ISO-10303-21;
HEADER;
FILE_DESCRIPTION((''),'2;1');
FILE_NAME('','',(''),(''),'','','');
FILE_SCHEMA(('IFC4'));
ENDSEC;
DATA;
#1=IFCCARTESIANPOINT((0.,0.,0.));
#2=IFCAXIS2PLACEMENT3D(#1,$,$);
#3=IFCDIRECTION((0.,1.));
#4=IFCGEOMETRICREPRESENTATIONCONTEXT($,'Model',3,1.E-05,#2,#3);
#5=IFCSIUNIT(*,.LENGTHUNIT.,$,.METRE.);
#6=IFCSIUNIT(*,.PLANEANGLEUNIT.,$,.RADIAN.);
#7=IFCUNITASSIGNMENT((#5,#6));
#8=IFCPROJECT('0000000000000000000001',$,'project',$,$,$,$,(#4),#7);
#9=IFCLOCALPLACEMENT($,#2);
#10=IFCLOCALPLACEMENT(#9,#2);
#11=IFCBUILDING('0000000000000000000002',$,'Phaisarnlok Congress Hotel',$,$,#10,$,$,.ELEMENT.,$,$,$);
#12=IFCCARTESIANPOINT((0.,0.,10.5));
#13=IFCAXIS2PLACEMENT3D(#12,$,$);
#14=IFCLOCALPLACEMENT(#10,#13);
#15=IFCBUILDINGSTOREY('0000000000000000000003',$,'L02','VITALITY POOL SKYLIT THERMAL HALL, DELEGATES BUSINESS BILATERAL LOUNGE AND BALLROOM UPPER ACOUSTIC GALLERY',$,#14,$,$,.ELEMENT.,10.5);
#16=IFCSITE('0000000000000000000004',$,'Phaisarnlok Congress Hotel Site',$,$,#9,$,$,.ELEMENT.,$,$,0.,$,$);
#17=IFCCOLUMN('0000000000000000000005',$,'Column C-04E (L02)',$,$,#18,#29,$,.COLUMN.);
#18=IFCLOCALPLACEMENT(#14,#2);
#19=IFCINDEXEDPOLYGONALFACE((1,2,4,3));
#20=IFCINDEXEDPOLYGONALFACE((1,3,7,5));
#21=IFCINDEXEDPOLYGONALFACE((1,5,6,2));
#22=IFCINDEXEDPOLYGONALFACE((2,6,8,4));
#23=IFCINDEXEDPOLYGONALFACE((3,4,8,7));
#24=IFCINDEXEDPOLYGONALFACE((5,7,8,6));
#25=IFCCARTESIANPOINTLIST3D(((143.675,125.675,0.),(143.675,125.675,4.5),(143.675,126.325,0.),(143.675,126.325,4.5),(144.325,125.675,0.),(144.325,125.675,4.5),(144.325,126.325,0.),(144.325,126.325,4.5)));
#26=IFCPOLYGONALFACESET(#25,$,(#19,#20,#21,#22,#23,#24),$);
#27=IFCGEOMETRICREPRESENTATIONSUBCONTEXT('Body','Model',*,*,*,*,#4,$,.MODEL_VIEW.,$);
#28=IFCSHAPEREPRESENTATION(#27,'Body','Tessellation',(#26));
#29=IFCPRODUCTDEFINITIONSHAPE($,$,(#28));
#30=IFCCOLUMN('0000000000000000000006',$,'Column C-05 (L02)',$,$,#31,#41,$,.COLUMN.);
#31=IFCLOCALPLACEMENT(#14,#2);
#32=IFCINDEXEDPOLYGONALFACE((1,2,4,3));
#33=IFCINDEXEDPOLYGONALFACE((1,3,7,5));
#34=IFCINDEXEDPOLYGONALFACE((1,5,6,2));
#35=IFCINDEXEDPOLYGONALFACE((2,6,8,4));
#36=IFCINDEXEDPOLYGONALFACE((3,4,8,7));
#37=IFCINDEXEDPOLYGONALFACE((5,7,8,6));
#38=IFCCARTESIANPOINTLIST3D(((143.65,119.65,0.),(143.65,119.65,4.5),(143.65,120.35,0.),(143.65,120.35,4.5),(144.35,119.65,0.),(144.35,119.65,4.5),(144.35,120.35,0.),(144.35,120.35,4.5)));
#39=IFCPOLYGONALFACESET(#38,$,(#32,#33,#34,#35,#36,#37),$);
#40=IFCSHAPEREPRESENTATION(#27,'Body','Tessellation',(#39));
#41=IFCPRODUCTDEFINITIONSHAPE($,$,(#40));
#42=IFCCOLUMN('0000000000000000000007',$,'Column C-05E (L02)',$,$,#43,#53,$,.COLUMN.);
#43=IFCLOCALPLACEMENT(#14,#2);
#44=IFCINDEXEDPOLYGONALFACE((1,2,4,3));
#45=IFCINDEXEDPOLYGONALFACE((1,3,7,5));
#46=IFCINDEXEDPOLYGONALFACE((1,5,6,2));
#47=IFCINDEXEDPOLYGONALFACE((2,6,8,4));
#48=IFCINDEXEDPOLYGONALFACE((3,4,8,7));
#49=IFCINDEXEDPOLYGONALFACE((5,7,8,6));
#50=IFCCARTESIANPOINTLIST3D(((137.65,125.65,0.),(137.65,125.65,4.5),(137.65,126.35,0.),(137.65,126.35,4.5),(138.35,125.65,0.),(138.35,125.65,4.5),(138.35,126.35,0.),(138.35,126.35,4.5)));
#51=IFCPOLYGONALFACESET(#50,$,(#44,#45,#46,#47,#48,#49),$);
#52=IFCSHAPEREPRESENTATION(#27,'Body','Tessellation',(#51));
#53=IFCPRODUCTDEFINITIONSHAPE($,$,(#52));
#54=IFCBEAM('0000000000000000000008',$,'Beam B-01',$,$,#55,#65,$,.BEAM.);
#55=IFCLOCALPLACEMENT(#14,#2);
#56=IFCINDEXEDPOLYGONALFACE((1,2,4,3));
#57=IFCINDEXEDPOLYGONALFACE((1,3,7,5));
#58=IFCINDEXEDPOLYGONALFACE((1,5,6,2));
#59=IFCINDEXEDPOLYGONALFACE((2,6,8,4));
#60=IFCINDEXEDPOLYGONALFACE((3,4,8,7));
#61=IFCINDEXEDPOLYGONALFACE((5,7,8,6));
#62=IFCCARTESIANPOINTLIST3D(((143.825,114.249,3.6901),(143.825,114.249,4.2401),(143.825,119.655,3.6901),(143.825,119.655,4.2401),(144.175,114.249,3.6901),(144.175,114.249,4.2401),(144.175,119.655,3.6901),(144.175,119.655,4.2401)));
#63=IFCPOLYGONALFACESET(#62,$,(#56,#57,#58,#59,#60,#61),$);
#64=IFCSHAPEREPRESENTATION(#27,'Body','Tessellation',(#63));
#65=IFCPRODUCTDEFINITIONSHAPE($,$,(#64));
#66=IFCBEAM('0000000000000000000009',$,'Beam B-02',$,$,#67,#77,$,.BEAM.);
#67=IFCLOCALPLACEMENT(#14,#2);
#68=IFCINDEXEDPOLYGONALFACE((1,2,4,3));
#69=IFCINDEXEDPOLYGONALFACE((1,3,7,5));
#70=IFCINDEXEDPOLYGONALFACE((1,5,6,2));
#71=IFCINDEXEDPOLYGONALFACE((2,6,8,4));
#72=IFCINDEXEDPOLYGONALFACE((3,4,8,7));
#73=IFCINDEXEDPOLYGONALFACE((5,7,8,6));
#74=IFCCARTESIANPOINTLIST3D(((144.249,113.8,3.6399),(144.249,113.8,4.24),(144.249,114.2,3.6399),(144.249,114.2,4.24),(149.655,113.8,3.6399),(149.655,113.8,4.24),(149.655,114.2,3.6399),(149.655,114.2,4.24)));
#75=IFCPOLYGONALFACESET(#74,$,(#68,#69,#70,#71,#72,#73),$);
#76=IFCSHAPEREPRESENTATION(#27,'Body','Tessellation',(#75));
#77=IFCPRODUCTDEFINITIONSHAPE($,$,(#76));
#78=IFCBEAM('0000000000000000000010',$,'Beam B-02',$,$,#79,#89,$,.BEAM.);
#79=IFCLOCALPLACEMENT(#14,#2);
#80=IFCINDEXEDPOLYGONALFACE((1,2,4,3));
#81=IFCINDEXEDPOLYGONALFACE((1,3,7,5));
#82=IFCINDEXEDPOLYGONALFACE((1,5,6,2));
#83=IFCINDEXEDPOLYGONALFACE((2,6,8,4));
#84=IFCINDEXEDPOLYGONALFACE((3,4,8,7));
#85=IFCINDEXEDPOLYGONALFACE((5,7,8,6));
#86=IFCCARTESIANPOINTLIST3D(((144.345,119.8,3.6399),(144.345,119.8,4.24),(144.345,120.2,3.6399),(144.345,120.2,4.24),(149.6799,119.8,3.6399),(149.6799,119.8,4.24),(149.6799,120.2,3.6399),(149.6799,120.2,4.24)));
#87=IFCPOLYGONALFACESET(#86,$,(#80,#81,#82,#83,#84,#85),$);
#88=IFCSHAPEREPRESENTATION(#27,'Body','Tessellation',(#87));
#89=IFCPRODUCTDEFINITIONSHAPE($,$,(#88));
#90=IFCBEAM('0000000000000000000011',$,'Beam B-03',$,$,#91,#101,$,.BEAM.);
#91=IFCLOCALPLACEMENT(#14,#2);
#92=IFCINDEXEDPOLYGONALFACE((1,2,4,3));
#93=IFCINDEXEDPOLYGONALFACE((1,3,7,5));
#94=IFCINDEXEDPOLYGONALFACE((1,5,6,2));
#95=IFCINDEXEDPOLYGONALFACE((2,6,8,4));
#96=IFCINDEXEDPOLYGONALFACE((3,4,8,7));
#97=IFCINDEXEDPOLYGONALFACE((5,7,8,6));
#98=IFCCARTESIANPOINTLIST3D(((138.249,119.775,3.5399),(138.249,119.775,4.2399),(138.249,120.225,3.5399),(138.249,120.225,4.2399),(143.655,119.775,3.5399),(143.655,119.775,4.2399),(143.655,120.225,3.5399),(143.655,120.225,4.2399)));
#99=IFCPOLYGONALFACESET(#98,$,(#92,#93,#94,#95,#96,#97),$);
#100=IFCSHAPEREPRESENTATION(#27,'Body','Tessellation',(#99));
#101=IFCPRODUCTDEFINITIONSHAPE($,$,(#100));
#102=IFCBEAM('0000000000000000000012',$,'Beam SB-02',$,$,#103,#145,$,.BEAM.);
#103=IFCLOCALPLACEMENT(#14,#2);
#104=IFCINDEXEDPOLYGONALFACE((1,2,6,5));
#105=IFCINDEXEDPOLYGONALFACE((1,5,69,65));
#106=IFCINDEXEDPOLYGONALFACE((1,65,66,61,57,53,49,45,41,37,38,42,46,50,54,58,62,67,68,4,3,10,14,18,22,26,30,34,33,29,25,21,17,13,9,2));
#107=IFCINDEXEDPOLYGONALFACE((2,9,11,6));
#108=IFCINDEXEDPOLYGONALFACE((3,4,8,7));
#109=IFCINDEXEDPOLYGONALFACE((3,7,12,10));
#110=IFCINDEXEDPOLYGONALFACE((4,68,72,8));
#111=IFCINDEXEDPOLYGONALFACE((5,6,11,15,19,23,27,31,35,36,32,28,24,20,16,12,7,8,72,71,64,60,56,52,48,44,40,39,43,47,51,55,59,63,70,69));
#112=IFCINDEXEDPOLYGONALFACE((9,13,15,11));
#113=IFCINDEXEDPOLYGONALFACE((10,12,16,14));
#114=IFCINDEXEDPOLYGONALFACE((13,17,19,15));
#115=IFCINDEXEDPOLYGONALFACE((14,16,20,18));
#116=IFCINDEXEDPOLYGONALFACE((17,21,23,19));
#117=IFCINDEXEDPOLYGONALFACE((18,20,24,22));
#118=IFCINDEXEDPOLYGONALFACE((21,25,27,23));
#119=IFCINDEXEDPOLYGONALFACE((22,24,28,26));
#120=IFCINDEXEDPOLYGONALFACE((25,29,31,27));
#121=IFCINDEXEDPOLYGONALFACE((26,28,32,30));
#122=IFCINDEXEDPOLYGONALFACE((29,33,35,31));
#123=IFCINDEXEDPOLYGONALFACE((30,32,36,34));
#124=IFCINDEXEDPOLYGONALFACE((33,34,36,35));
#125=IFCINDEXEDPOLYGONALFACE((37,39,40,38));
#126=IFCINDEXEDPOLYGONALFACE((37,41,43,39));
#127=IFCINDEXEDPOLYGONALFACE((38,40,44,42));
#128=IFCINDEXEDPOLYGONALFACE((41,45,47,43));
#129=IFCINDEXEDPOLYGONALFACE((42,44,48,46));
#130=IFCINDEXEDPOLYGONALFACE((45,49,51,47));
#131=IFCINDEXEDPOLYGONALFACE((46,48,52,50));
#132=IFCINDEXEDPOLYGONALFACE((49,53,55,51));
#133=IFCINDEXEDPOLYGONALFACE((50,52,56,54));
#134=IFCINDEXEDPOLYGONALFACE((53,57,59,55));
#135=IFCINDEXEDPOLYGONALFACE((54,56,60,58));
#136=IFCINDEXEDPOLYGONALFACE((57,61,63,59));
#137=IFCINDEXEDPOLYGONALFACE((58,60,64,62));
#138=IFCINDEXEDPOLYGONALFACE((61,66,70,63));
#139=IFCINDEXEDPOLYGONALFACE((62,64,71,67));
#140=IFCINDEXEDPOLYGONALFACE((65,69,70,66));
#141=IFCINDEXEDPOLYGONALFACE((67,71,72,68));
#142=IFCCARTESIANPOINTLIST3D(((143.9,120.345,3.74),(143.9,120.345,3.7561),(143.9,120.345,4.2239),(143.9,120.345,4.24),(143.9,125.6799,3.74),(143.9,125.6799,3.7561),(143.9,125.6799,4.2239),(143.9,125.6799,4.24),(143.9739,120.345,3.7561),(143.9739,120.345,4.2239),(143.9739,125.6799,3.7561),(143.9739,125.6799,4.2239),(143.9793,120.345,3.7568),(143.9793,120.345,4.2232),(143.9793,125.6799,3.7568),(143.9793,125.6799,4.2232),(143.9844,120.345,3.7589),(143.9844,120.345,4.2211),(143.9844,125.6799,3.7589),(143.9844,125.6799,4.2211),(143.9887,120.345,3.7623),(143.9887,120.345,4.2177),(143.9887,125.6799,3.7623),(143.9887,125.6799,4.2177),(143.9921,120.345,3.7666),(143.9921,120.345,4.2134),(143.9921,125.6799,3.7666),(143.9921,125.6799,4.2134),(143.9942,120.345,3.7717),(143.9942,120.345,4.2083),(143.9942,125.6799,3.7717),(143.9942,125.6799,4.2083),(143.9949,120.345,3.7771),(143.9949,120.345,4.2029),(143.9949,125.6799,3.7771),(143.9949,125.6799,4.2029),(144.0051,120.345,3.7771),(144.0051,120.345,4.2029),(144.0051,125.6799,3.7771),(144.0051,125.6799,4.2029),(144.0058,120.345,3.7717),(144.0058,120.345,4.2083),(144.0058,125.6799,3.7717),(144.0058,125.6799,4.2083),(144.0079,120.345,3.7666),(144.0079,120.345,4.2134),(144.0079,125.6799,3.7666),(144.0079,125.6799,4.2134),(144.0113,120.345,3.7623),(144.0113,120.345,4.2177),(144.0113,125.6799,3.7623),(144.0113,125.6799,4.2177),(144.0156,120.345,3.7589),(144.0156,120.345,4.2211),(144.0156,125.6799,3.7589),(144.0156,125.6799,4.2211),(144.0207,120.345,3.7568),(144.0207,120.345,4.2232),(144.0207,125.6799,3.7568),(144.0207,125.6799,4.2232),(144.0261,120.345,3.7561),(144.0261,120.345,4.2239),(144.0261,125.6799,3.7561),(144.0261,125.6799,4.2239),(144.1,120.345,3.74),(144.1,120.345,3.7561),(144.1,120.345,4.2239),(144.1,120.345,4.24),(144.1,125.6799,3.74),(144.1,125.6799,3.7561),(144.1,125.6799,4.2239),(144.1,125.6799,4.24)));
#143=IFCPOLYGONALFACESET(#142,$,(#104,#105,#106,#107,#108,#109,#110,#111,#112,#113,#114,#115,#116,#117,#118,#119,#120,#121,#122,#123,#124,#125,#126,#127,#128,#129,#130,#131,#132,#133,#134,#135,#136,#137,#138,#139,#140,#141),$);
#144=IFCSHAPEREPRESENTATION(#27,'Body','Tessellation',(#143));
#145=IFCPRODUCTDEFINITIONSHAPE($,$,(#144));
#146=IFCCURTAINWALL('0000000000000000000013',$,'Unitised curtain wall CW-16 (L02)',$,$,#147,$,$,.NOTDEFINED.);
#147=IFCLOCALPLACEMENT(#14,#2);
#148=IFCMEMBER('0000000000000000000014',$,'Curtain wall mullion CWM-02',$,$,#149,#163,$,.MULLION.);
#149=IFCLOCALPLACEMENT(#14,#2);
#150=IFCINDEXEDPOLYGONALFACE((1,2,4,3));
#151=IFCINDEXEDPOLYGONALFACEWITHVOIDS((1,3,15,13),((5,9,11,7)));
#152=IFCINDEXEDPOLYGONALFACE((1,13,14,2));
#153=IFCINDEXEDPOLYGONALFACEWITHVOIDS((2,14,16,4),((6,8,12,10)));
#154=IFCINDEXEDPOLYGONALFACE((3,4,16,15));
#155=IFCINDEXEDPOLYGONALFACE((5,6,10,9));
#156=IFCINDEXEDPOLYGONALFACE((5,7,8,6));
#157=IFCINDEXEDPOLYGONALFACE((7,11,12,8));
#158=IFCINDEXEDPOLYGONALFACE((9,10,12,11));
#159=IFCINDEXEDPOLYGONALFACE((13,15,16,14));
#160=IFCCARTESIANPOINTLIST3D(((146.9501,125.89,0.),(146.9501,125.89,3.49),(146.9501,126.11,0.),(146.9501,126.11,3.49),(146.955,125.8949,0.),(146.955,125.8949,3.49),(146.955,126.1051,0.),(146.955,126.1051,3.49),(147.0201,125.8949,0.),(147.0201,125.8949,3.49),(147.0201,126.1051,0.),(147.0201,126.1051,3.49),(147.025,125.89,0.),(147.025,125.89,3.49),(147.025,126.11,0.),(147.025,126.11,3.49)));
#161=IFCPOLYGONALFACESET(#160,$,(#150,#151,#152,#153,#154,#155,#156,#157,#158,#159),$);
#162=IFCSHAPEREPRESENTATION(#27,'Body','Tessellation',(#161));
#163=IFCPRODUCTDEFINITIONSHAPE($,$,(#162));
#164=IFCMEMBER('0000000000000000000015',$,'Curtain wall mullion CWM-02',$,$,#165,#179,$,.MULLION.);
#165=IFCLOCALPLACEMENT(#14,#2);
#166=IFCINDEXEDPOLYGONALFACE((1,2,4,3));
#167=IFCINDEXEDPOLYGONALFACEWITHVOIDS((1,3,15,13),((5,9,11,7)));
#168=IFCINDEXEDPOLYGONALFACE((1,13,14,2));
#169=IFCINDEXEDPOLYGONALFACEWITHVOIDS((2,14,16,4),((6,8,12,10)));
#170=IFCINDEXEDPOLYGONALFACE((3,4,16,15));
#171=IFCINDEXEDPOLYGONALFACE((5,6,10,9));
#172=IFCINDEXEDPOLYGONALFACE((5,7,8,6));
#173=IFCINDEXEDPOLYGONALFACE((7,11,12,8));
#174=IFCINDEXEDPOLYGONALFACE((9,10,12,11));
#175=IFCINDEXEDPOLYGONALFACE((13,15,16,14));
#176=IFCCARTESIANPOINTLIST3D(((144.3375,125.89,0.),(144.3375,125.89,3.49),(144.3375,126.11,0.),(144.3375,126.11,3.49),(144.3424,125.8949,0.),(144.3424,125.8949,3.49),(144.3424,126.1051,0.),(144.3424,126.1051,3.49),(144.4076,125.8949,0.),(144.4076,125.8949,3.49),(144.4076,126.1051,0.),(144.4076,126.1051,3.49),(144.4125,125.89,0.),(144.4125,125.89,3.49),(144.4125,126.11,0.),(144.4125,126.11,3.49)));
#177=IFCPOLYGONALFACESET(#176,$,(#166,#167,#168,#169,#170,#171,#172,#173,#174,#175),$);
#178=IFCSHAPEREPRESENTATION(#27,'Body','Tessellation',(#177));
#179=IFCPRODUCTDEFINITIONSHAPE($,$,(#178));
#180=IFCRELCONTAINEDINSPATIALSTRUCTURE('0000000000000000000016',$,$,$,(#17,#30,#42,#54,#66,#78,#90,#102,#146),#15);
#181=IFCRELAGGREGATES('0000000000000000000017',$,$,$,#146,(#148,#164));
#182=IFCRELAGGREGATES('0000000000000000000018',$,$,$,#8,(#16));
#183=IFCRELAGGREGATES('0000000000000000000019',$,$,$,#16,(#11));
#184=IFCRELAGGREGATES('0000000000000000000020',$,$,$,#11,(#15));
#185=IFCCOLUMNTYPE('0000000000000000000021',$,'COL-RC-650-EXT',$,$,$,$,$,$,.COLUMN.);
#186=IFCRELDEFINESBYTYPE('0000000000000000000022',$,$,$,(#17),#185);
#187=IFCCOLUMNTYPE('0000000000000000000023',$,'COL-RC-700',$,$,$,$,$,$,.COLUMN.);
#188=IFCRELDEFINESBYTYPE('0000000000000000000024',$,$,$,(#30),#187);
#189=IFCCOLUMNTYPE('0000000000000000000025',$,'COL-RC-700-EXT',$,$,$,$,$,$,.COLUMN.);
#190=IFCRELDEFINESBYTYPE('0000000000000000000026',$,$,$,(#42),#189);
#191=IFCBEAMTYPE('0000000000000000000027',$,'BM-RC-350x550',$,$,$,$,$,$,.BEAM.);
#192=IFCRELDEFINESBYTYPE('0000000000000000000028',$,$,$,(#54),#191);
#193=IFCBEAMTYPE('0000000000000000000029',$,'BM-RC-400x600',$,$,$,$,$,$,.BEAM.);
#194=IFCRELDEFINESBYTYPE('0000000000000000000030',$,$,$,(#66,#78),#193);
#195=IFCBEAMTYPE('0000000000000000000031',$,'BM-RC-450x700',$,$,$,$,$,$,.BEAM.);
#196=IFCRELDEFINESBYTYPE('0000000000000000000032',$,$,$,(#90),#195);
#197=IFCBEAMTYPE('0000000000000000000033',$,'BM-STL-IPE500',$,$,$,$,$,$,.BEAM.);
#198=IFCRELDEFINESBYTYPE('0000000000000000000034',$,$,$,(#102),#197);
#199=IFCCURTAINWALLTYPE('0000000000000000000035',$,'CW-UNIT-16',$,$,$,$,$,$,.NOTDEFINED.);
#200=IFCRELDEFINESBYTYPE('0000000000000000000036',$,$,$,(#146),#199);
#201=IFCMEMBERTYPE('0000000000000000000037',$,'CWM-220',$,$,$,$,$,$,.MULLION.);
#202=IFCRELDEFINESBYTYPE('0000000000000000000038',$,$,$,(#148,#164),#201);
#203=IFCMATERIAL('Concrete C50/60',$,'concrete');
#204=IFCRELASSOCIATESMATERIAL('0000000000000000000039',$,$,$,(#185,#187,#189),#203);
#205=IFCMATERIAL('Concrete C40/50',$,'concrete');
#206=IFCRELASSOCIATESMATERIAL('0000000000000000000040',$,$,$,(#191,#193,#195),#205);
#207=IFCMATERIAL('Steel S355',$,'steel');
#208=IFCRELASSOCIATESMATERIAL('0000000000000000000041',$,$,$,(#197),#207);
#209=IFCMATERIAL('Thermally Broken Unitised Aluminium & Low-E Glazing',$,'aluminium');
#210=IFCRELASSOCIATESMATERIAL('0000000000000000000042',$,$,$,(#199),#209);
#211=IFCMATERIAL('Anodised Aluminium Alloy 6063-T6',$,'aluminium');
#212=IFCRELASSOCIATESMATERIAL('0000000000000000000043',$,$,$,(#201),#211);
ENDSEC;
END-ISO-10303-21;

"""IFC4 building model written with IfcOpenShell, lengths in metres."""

from ifc_helpers import new_model, si_unit, direction, frame, origin, origin_2d, place, context, subcontext, project, spatial, rectangle, hollow_rectangle, i_section, extrude, material, material_profile, profile_set, type_object, element, aggregate, save


model = new_model("IFC4")

# Units and contexts
model_context = context("Model", 3, precision=1e-05, world=origin(), true_north=direction((0.0, 1.0)))
body_context = subcontext(model_context, "Body", "Model", "MODEL_VIEW")
ifc_project = project(units=[si_unit("LENGTHUNIT", "METRE"), si_unit("PLANEANGLEUNIT", "RADIAN")], contexts=[model_context])

# Site, building, storey
site_placement = place(None, origin())
site = spatial("IfcSite", under=ifc_project, at=site_placement, Name="Phaisarnlok Congress Hotel Site", CompositionType="ELEMENT", RefElevation=0.0)
building_placement = place(site_placement, origin())
building = spatial("IfcBuilding", under=site, at=building_placement, Name="Phaisarnlok Congress Hotel", CompositionType="ELEMENT")
storey_placement = place(building_placement, frame((0.0, 0.0, 10.5)))
storey = spatial("IfcBuildingStorey", under=building, at=storey_placement, Name="L02", Description="VITALITY POOL SKYLIT THERMAL HALL, DELEGATES BUSINESS BILATERAL LOUNGE AND BALLROOM UPPER ACOUSTIC GALLERY", CompositionType="ELEMENT", Elevation=10.5)

# Columns
ifc_material_1 = material(Name="Concrete C50/60", Category="concrete")
ifc_material_profile_1 = material_profile(ifc_material_1, rectangle(XDim=0.6499, YDim=0.6499, at=origin_2d()), Name="RC 650x650")
ifc_profile_set_1 = profile_set([ifc_material_profile_1], Name="Concrete C50/60")
column_type_1 = type_object("IfcColumnType", Name="COL-RC-650-EXT", PredefinedType="COLUMN", material=ifc_profile_set_1)
column_1_placement = place(storey_placement, frame((144.0, 126.0, 0.0), z_axis=(0.0, 0.0, 1.0), x_axis=(1.0, 0.0, 0.0)))
element("IfcColumn", 1, at=column_1_placement, inside=storey, type_object=column_type_1, Name="Column C-04E (L02)", PredefinedType="COLUMN", context=body_context, shape_type="SweptSolid", body=[
    extrude(rectangle(XDim=0.6499, YDim=0.6499, at=origin_2d()), origin(), (0.0, 0.0, 1.0), 4.5),
])
ifc_material_profile_2 = material_profile(ifc_material_1, rectangle(XDim=0.7, YDim=0.7, at=origin_2d()), Name="RC 700x700")
ifc_profile_set_2 = profile_set([ifc_material_profile_2], Name="Concrete C50/60")
column_type_2 = type_object("IfcColumnType", Name="COL-RC-700", PredefinedType="COLUMN", material=ifc_profile_set_2)
column_2_placement = place(storey_placement, frame((144.0, 120.0, 0.0), z_axis=(0.0, 0.0, 1.0), x_axis=(1.0, 0.0, 0.0)))
element("IfcColumn", 2, at=column_2_placement, inside=storey, type_object=column_type_2, Name="Column C-05 (L02)", PredefinedType="COLUMN", context=body_context, shape_type="SweptSolid", body=[
    extrude(rectangle(XDim=0.7, YDim=0.7, at=origin_2d()), origin(), (0.0, 0.0, 1.0), 4.5),
])
ifc_material_profile_3 = material_profile(ifc_material_1, rectangle(XDim=0.7, YDim=0.7, at=origin_2d()), Name="RC 700x700")
ifc_profile_set_3 = profile_set([ifc_material_profile_3], Name="Concrete C50/60")
column_type_3 = type_object("IfcColumnType", Name="COL-RC-700-EXT", PredefinedType="COLUMN", material=ifc_profile_set_3)
column_3_placement = place(storey_placement, frame((138.0, 126.0, 0.0), z_axis=(0.0, 0.0, 1.0), x_axis=(1.0, 0.0, 0.0)))
element("IfcColumn", 3, at=column_3_placement, inside=storey, type_object=column_type_3, Name="Column C-05E (L02)", PredefinedType="COLUMN", context=body_context, shape_type="SweptSolid", body=[
    extrude(rectangle(XDim=0.7, YDim=0.7, at=origin_2d()), origin(), (0.0, 0.0, 1.0), 4.5),
])

# Beams
ifc_material_2 = material(Name="Concrete C40/50", Category="concrete")
ifc_material_profile_4 = material_profile(ifc_material_2, rectangle(XDim=0.3501, YDim=0.55, at=origin_2d()), Name="RC 350x550")
ifc_profile_set_4 = profile_set([ifc_material_profile_4], Name="Concrete C40/50")
beam_type_1 = type_object("IfcBeamType", Name="BM-RC-350x550", PredefinedType="BEAM", material=ifc_profile_set_4)
beam_1_placement = place(storey_placement, frame((144.0, 114.249, 3.9651), z_axis=(0.0, 1.0, 0.0), x_axis=(-1.0, 0.0, 0.0)))
element("IfcBeam", 4, at=beam_1_placement, inside=storey, type_object=beam_type_1, Name="Beam B-01", PredefinedType="BEAM", context=body_context, shape_type="SweptSolid", body=[
    extrude(rectangle(XDim=0.3501, YDim=0.55, at=origin_2d()), origin(), (0.0, 0.0, 1.0), 5.406),
])
ifc_material_profile_5 = material_profile(ifc_material_2, rectangle(XDim=0.3999, YDim=0.6001, at=origin_2d()), Name="RC 400x600")
ifc_profile_set_5 = profile_set([ifc_material_profile_5], Name="Concrete C40/50")
beam_type_2 = type_object("IfcBeamType", Name="BM-RC-400x600", PredefinedType="BEAM", material=ifc_profile_set_5)
beam_2_placement = place(storey_placement, frame((144.249, 114.0, 3.9399), z_axis=(1.0, 0.0, 0.0), x_axis=(0.0, 1.0, 0.0)))
element("IfcBeam", 5, at=beam_2_placement, inside=storey, type_object=beam_type_2, Name="Beam B-02", PredefinedType="BEAM", context=body_context, shape_type="SweptSolid", body=[
    extrude(rectangle(XDim=0.3999, YDim=0.6001, at=origin_2d()), origin(), (0.0, 0.0, 1.0), 5.406),
])
beam_3_placement = place(storey_placement, frame((144.345, 120.0, 3.9399), z_axis=(1.0, 0.0, 0.0), x_axis=(0.0, 1.0, 0.0)))
element("IfcBeam", 6, at=beam_3_placement, inside=storey, type_object=beam_type_2, Name="Beam B-02", PredefinedType="BEAM", context=body_context, shape_type="SweptSolid", body=[
    extrude(rectangle(XDim=0.3999, YDim=0.6001, at=origin_2d()), origin(), (0.0, 0.0, 1.0), 5.335),
])
ifc_material_profile_6 = material_profile(ifc_material_2, rectangle(XDim=0.45, YDim=0.7, at=origin_2d()), Name="RC 450x700")
ifc_profile_set_6 = profile_set([ifc_material_profile_6], Name="Concrete C40/50")
beam_type_3 = type_object("IfcBeamType", Name="BM-RC-450x700", PredefinedType="BEAM", material=ifc_profile_set_6)
beam_4_placement = place(storey_placement, frame((138.249, 120.0, 3.8899), z_axis=(1.0, 0.0, 0.0), x_axis=(0.0, 1.0, 0.0)))
element("IfcBeam", 7, at=beam_4_placement, inside=storey, type_object=beam_type_3, Name="Beam B-03", PredefinedType="BEAM", context=body_context, shape_type="SweptSolid", body=[
    extrude(rectangle(XDim=0.45, YDim=0.7, at=origin_2d()), origin(), (0.0, 0.0, 1.0), 5.406),
])
ifc_material_3 = material(Name="Steel S355", Category="steel")
ifc_material_profile_7 = material_profile(ifc_material_3, i_section(OverallWidth=0.2, OverallDepth=0.5, WebThickness=0.0103, FlangeThickness=0.0161, FilletRadius=0.021, at=origin_2d()), Name="IPE 500")
ifc_profile_set_7 = profile_set([ifc_material_profile_7], Name="Steel S355")
beam_type_4 = type_object("IfcBeamType", Name="BM-STL-IPE500", PredefinedType="BEAM", material=ifc_profile_set_7)
beam_5_placement = place(storey_placement, frame((144.0, 120.345, 3.99), z_axis=(0.0, 1.0, 0.0), x_axis=(-1.0, 0.0, 0.0)))
element("IfcBeam", 8, at=beam_5_placement, inside=storey, type_object=beam_type_4, Name="Beam SB-02", PredefinedType="BEAM", context=body_context, shape_type="SweptSolid", body=[
    extrude(i_section(OverallWidth=0.2, OverallDepth=0.5, WebThickness=0.0103, FlangeThickness=0.0161, FilletRadius=0.021, at=origin_2d()), origin(), (0.0, 0.0, 1.0), 5.335),
])

# Curtain wall, members
ifc_material_4 = material(Name="Thermally Broken Unitised Aluminium & Low-E Glazing", Category="aluminium")
curtain_wall_type = type_object("IfcCurtainWallType", Name="CW-UNIT-16", PredefinedType="NOTDEFINED", material=ifc_material_4)
curtain_wall_placement = place(storey_placement, origin())
curtain_wall = element("IfcCurtainWall", 9, at=curtain_wall_placement, inside=storey, type_object=curtain_wall_type, Name="Unitised curtain wall CW-16 (L02)", PredefinedType="NOTDEFINED")
ifc_material_5 = material(Name="Anodised Aluminium Alloy 6063-T6", Category="aluminium")
ifc_material_profile_8 = material_profile(ifc_material_5, hollow_rectangle(XDim=0.075, YDim=0.22, WallThickness=0.0049, at=origin_2d()), Name="ALU-M 75x220x5")
ifc_profile_set_8 = profile_set([ifc_material_profile_8], Name="Anodised Aluminium Alloy 6063-T6")
member_type_1 = type_object("IfcMemberType", Name="CWM-220", PredefinedType="MULLION", material=ifc_profile_set_8)
member_1_placement = place(storey_placement, frame((146.9875, 126.0, 0.0), z_axis=(0.0, 0.0, 1.0), x_axis=(-1.0, 0.0, 0.0)))
member_1 = element("IfcMember", 10, at=member_1_placement, type_object=member_type_1, Name="Curtain wall mullion CWM-02", PredefinedType="MULLION", context=body_context, shape_type="SweptSolid", body=[
    extrude(hollow_rectangle(XDim=0.075, YDim=0.22, WallThickness=0.0049, at=origin_2d()), origin(), (0.0, 0.0, 1.0), 3.49),
])
member_2_placement = place(storey_placement, frame((144.375, 126.0, 0.0), z_axis=(0.0, 0.0, 1.0), x_axis=(-1.0, 0.0, 0.0)))
member_2 = element("IfcMember", 11, at=member_2_placement, type_object=member_type_1, Name="Curtain wall mullion CWM-02", PredefinedType="MULLION", context=body_context, shape_type="SweptSolid", body=[
    extrude(hollow_rectangle(XDim=0.075, YDim=0.22, WallThickness=0.0049, at=origin_2d()), origin(), (0.0, 0.0, 1.0), 3.49),
])

aggregate(curtain_wall, [member_1, member_2])

save(model, "model.ifc")
